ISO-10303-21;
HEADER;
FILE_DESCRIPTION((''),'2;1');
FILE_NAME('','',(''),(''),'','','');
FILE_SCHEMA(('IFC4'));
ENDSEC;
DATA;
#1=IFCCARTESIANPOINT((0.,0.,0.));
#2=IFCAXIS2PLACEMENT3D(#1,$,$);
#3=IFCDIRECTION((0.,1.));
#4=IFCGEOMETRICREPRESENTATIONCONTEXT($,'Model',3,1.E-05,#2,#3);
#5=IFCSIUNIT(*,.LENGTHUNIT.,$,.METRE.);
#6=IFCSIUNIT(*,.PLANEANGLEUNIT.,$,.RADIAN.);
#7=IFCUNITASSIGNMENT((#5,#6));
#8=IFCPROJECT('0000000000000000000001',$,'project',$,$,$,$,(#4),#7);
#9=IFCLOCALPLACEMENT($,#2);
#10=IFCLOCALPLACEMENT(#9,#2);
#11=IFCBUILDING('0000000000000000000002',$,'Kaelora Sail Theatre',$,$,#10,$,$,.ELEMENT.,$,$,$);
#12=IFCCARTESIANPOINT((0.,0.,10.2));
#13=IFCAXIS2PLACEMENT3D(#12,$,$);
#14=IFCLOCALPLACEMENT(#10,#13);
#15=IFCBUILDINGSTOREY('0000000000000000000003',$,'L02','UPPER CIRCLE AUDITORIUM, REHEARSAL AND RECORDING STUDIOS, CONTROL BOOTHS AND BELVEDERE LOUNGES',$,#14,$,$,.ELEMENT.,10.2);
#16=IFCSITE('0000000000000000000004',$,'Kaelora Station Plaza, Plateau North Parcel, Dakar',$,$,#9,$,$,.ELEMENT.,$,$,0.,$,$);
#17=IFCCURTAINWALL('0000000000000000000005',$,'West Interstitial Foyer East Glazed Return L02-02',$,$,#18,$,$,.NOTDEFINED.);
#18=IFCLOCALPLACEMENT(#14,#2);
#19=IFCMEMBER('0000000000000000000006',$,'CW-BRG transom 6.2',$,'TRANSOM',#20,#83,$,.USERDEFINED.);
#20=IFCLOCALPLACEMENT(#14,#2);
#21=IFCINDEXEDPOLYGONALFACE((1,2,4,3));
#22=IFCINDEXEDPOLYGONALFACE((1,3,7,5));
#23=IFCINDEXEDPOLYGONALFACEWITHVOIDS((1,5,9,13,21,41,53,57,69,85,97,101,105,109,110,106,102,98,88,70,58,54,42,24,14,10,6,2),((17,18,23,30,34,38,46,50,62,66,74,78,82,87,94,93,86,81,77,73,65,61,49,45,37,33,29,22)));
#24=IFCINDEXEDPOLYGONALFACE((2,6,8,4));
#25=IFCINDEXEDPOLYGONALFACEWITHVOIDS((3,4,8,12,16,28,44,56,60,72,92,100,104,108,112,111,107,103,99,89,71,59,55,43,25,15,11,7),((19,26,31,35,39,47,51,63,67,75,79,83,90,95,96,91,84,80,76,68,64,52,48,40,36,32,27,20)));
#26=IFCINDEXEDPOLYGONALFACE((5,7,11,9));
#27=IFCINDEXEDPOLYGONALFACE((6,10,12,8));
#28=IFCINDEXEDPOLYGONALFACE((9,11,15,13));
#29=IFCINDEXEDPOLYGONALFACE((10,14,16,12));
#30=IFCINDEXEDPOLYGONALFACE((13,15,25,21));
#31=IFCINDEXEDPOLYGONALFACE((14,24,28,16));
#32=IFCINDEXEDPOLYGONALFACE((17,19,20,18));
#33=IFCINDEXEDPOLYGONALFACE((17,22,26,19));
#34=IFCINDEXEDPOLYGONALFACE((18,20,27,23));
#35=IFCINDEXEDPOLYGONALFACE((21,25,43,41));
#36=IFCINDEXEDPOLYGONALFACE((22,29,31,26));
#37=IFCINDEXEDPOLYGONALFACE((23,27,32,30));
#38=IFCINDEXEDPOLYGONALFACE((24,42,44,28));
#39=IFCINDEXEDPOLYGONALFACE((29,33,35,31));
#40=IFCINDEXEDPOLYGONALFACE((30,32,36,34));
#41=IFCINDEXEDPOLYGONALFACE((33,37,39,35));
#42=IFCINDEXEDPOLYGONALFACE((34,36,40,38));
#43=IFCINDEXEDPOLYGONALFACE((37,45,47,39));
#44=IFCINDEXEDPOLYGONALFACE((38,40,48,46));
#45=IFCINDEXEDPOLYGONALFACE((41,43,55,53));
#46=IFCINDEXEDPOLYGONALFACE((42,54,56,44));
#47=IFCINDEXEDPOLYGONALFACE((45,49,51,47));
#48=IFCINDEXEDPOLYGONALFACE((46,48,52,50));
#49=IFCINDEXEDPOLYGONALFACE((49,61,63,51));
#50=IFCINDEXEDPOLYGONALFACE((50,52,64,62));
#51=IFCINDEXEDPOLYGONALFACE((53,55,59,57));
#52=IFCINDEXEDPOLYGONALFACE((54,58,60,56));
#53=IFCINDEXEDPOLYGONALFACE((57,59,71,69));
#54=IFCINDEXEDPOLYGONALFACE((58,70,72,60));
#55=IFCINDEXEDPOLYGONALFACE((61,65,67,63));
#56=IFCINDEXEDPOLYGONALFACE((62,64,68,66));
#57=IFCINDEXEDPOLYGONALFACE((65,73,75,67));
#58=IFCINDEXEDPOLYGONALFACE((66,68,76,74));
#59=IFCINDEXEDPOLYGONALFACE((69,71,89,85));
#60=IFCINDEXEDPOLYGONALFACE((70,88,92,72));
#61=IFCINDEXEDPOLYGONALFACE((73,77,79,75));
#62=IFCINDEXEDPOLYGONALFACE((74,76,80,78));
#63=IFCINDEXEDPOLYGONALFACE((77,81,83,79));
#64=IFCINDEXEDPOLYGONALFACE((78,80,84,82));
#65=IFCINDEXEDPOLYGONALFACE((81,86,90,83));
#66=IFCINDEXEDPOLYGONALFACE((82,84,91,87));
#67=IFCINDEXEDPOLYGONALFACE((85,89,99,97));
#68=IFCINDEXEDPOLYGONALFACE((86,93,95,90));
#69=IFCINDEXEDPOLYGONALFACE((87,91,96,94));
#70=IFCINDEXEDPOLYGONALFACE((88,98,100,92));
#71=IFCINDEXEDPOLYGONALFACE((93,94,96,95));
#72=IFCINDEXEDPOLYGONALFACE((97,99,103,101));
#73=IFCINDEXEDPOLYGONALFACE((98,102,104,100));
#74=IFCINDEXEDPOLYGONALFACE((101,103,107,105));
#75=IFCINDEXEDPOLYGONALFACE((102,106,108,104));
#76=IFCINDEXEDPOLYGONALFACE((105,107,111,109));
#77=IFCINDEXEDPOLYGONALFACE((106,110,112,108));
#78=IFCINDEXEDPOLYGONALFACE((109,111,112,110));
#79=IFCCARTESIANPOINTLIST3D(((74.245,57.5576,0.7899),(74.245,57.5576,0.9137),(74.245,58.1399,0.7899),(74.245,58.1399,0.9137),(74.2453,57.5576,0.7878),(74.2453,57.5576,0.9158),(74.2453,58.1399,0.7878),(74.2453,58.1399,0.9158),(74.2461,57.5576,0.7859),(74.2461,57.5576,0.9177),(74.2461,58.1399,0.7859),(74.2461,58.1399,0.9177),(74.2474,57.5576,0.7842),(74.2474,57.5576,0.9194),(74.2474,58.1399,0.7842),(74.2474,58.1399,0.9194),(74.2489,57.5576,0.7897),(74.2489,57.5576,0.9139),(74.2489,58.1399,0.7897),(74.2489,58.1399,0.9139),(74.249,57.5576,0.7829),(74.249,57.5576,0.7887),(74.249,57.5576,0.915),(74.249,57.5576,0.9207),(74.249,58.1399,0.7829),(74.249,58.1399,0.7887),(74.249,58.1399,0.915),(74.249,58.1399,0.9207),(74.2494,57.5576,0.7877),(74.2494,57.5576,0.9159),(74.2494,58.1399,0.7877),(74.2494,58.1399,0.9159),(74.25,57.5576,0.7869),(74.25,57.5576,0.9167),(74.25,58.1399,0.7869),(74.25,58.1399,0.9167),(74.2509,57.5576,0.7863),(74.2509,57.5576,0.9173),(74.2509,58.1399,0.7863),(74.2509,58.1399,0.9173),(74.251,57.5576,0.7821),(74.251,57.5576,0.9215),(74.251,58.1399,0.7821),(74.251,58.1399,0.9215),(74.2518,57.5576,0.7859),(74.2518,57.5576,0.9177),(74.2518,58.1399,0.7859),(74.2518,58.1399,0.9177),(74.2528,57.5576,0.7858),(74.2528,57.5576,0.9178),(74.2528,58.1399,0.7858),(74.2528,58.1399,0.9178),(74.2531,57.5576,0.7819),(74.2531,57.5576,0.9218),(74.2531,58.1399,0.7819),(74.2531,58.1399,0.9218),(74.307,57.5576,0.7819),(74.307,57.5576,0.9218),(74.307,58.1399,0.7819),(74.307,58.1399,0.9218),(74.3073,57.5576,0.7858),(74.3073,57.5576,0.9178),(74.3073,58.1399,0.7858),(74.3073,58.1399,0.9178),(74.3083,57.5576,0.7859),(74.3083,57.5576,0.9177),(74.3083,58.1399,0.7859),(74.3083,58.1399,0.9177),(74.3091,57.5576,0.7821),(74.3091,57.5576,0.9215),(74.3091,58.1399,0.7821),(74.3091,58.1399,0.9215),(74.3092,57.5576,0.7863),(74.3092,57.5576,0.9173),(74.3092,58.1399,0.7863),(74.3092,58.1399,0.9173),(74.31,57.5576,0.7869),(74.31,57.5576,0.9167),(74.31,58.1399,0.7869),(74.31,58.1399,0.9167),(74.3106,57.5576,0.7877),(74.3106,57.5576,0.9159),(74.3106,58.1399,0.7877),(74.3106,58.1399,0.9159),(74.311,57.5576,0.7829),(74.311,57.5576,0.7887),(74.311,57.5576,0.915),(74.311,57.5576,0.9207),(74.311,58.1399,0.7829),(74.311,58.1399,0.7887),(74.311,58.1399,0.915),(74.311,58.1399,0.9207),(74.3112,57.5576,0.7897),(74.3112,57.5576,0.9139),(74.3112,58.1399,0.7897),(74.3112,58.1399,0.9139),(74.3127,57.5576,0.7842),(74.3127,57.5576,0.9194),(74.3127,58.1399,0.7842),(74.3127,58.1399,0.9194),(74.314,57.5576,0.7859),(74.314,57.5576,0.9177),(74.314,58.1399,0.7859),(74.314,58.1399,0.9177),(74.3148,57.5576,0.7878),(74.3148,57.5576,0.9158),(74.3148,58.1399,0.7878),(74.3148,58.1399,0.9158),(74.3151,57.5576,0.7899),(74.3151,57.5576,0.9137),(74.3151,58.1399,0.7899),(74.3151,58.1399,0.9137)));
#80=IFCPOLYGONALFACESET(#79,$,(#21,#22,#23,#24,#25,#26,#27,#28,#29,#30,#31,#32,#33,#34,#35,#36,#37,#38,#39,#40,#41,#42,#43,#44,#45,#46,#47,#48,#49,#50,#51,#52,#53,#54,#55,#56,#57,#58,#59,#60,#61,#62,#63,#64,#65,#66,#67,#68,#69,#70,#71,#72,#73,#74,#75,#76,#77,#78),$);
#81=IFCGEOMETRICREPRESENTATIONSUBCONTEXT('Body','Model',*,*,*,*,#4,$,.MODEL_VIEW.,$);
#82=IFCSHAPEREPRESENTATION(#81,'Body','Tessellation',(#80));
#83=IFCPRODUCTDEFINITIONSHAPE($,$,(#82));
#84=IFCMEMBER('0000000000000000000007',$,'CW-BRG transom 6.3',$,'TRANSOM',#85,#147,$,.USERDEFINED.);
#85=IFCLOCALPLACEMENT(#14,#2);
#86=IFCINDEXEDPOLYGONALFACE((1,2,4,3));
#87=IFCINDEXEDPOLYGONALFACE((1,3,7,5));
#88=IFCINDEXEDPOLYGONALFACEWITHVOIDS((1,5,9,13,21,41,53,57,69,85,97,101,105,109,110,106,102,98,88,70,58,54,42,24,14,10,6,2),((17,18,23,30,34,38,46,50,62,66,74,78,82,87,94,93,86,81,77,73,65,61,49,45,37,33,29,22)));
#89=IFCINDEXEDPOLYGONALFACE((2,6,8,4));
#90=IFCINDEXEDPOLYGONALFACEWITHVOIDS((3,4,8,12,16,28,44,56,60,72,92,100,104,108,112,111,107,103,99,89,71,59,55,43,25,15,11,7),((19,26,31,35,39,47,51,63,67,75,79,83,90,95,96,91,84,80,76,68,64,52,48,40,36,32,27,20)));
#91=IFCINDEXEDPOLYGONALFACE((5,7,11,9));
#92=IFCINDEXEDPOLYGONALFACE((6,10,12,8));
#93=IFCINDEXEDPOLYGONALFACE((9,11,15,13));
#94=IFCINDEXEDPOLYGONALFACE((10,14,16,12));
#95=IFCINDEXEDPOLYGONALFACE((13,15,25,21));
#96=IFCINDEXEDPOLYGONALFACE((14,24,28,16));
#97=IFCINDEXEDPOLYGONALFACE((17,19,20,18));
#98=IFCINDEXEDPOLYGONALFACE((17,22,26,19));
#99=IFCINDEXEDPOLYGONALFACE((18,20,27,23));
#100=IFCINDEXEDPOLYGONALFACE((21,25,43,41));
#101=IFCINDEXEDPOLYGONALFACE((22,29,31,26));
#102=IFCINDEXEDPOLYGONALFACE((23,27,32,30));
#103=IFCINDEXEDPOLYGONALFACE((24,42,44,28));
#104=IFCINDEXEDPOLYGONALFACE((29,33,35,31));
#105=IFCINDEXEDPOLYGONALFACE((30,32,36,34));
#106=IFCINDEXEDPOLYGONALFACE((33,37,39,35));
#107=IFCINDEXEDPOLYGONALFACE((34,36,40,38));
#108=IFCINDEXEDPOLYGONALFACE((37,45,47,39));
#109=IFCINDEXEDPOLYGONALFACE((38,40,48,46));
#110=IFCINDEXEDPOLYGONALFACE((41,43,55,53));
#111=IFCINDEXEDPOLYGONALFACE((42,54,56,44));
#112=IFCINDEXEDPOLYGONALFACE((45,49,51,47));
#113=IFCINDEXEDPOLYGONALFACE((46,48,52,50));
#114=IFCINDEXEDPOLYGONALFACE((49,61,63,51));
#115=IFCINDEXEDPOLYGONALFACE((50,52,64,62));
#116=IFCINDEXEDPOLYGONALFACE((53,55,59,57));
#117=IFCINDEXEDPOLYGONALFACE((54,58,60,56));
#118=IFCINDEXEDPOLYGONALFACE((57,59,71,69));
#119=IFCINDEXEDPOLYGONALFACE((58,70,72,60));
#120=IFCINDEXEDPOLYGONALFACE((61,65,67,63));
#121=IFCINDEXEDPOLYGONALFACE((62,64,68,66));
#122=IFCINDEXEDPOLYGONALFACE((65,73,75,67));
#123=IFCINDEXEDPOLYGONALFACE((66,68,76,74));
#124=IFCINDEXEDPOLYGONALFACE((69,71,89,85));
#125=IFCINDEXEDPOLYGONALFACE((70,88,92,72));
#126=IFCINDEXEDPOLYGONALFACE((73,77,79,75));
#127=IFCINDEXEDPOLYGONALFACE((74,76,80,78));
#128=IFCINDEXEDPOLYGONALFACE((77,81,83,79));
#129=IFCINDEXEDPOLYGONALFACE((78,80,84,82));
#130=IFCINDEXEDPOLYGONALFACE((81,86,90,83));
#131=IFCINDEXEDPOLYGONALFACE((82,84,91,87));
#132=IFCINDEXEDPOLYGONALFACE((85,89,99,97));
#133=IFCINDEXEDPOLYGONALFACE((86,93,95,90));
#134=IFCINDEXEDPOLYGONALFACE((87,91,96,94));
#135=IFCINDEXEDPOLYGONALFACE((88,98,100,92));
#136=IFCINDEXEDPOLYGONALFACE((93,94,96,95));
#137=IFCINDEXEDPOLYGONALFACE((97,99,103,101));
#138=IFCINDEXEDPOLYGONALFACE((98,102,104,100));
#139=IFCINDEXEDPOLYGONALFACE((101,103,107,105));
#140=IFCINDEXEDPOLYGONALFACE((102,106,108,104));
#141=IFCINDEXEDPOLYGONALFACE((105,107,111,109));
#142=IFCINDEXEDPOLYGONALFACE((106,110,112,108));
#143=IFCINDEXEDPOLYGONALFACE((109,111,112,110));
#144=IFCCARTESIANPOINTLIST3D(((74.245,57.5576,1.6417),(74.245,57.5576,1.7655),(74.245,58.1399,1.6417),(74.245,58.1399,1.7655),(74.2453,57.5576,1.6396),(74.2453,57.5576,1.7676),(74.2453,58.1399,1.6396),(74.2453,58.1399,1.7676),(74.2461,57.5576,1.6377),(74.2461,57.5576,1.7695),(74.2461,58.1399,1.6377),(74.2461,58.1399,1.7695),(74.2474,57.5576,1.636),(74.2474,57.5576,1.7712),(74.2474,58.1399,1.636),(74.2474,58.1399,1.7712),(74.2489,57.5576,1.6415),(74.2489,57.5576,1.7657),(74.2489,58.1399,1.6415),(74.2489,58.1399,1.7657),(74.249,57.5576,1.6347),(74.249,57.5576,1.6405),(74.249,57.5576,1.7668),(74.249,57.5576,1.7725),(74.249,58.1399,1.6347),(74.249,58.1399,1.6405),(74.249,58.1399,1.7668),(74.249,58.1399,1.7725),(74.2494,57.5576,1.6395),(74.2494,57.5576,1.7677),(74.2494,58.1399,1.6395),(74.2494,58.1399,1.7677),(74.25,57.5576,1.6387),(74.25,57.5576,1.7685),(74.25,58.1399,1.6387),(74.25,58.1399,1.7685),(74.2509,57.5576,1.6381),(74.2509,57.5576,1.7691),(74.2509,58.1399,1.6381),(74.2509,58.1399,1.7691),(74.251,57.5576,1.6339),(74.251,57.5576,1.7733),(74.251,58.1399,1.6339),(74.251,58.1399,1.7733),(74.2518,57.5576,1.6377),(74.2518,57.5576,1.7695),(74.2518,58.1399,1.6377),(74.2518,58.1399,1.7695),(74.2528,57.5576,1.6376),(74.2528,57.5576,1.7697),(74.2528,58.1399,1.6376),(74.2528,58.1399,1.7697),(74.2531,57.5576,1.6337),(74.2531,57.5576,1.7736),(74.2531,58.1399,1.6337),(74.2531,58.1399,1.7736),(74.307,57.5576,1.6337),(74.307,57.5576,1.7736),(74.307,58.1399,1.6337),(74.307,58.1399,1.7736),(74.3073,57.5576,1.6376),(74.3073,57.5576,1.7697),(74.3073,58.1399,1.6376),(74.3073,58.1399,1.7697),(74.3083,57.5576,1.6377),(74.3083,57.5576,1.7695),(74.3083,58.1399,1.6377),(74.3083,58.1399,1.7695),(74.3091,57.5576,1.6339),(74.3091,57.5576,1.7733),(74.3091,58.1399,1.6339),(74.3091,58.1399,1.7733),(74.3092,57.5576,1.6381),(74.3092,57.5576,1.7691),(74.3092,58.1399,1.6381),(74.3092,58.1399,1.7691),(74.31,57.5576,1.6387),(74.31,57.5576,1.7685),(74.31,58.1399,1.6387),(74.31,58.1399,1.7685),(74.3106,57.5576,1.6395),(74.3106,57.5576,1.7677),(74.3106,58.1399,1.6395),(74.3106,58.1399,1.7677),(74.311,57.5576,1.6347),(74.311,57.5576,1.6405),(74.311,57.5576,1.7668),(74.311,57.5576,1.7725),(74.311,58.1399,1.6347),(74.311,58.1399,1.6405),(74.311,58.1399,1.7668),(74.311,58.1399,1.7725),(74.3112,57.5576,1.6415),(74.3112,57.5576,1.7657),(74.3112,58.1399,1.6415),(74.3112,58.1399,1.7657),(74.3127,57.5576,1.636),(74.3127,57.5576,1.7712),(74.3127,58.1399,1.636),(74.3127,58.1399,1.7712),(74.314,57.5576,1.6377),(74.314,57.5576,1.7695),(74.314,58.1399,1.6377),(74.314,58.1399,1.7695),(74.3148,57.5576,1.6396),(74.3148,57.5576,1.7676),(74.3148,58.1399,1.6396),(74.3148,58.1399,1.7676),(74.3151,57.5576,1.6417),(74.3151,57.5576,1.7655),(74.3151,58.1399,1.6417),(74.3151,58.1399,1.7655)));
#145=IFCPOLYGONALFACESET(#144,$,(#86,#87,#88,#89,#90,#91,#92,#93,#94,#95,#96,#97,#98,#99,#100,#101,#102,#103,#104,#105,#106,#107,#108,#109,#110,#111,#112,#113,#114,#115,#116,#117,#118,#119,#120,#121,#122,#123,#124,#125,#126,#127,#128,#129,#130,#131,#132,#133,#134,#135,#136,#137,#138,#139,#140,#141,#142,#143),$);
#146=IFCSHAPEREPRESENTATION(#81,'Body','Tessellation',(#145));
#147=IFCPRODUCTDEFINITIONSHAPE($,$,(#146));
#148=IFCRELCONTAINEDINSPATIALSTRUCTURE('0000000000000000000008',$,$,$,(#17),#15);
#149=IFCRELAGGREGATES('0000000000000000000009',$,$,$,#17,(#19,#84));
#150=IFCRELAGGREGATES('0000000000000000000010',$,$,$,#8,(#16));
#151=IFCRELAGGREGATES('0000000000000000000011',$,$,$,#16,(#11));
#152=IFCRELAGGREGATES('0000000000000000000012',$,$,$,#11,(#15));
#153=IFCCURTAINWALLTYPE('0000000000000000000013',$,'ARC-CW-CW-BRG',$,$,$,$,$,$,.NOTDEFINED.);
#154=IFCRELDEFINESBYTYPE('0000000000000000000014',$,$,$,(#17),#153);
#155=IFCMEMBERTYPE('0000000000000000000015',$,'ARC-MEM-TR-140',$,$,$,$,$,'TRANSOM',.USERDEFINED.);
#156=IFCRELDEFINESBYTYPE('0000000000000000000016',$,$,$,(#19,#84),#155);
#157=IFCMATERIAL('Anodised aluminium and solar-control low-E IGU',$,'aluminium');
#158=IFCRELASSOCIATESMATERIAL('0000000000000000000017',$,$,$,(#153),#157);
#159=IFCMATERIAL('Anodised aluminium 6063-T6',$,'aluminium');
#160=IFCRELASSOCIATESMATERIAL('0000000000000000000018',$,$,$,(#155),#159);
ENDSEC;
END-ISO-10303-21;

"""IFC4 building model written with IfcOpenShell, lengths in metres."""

from ifc_helpers import new_model, si_unit, direction, frame, origin, origin_2d, place, context, subcontext, project, spatial, hollow_rectangle, extrude, material, material_profile, profile_set, type_object, element, aggregate, save


model = new_model("IFC4")

# Units and contexts
model_context = context("Model", 3, precision=1e-05, world=origin(), true_north=direction((0.0, 1.0)))
body_context = subcontext(model_context, "Body", "Model", "MODEL_VIEW")
ifc_project = project(units=[si_unit("LENGTHUNIT", "METRE"), si_unit("PLANEANGLEUNIT", "RADIAN")], contexts=[model_context])

# Site, building, storey
site_placement = place(None, origin())
site = spatial("IfcSite", under=ifc_project, at=site_placement, Name="Kaelora Station Plaza, Plateau North Parcel, Dakar", CompositionType="ELEMENT", RefElevation=0.0)
building_placement = place(site_placement, origin())
building = spatial("IfcBuilding", under=site, at=building_placement, Name="Kaelora Sail Theatre", CompositionType="ELEMENT")
storey_placement = place(building_placement, frame((0.0, 0.0, 10.2)))
storey = spatial("IfcBuildingStorey", under=building, at=storey_placement, Name="L02", Description="UPPER CIRCLE AUDITORIUM, REHEARSAL AND RECORDING STUDIOS, CONTROL BOOTHS AND BELVEDERE LOUNGES", CompositionType="ELEMENT", Elevation=10.2)

# Curtain wall
ifc_material_1 = material(Name="Anodised aluminium and solar-control low-E IGU", Category="aluminium")
curtain_wall_type = type_object("IfcCurtainWallType", Name="ARC-CW-CW-BRG", PredefinedType="NOTDEFINED", material=ifc_material_1)
curtain_wall_1_placement = place(storey_placement, origin())
curtain_wall_1 = element("IfcCurtainWall", 1, at=curtain_wall_1_placement, inside=storey, type_object=curtain_wall_type, Name="West Interstitial Foyer East Glazed Return L02-02", PredefinedType="NOTDEFINED")

# Members
ifc_material_2 = material(Name="Anodised aluminium 6063-T6", Category="aluminium")
ifc_material_profile_1 = material_profile(ifc_material_2, hollow_rectangle(XDim=0.0701, YDim=0.1399, WallThickness=0.0039, InnerFilletRadius=0.0039, OuterFilletRadius=0.0081, at=origin_2d()), Name="ALU-TRAN 70x140x4")
ifc_profile_set_1 = profile_set([ifc_material_profile_1], Name="Anodised aluminium 6063-T6")
member_type_1 = type_object("IfcMemberType", Name="ARC-MEM-TR-140", ElementType="TRANSOM", PredefinedType="USERDEFINED", material=ifc_profile_set_1)
member_1_placement = place(storey_placement, frame((74.28, 57.5576, 0.8518), z_axis=(0.0, 1.0, 0.0), x_axis=(-1.0, 0.0, 0.0)))
member_1 = element("IfcMember", 2, at=member_1_placement, type_object=member_type_1, Name="CW-BRG transom 6.2", ObjectType="TRANSOM", PredefinedType="USERDEFINED", context=body_context, shape_type="SweptSolid", body=[
    extrude(hollow_rectangle(XDim=0.0701, YDim=0.1399, WallThickness=0.0039, InnerFilletRadius=0.0039, OuterFilletRadius=0.0081, at=origin_2d()), origin(), (0.0, 0.0, 1.0), 0.5823),
])
member_2_placement = place(storey_placement, frame((74.28, 57.5576, 1.7036), z_axis=(0.0, 1.0, 0.0), x_axis=(-1.0, 0.0, 0.0)))
member_2 = element("IfcMember", 3, at=member_2_placement, type_object=member_type_1, Name="CW-BRG transom 6.3", ObjectType="TRANSOM", PredefinedType="USERDEFINED", context=body_context, shape_type="SweptSolid", body=[
    extrude(hollow_rectangle(XDim=0.0701, YDim=0.1399, WallThickness=0.0039, InnerFilletRadius=0.0039, OuterFilletRadius=0.0081, at=origin_2d()), origin(), (0.0, 0.0, 1.0), 0.5823),
])

aggregate(curtain_wall_1, [member_1, member_2])

save(model, "model.ifc")
